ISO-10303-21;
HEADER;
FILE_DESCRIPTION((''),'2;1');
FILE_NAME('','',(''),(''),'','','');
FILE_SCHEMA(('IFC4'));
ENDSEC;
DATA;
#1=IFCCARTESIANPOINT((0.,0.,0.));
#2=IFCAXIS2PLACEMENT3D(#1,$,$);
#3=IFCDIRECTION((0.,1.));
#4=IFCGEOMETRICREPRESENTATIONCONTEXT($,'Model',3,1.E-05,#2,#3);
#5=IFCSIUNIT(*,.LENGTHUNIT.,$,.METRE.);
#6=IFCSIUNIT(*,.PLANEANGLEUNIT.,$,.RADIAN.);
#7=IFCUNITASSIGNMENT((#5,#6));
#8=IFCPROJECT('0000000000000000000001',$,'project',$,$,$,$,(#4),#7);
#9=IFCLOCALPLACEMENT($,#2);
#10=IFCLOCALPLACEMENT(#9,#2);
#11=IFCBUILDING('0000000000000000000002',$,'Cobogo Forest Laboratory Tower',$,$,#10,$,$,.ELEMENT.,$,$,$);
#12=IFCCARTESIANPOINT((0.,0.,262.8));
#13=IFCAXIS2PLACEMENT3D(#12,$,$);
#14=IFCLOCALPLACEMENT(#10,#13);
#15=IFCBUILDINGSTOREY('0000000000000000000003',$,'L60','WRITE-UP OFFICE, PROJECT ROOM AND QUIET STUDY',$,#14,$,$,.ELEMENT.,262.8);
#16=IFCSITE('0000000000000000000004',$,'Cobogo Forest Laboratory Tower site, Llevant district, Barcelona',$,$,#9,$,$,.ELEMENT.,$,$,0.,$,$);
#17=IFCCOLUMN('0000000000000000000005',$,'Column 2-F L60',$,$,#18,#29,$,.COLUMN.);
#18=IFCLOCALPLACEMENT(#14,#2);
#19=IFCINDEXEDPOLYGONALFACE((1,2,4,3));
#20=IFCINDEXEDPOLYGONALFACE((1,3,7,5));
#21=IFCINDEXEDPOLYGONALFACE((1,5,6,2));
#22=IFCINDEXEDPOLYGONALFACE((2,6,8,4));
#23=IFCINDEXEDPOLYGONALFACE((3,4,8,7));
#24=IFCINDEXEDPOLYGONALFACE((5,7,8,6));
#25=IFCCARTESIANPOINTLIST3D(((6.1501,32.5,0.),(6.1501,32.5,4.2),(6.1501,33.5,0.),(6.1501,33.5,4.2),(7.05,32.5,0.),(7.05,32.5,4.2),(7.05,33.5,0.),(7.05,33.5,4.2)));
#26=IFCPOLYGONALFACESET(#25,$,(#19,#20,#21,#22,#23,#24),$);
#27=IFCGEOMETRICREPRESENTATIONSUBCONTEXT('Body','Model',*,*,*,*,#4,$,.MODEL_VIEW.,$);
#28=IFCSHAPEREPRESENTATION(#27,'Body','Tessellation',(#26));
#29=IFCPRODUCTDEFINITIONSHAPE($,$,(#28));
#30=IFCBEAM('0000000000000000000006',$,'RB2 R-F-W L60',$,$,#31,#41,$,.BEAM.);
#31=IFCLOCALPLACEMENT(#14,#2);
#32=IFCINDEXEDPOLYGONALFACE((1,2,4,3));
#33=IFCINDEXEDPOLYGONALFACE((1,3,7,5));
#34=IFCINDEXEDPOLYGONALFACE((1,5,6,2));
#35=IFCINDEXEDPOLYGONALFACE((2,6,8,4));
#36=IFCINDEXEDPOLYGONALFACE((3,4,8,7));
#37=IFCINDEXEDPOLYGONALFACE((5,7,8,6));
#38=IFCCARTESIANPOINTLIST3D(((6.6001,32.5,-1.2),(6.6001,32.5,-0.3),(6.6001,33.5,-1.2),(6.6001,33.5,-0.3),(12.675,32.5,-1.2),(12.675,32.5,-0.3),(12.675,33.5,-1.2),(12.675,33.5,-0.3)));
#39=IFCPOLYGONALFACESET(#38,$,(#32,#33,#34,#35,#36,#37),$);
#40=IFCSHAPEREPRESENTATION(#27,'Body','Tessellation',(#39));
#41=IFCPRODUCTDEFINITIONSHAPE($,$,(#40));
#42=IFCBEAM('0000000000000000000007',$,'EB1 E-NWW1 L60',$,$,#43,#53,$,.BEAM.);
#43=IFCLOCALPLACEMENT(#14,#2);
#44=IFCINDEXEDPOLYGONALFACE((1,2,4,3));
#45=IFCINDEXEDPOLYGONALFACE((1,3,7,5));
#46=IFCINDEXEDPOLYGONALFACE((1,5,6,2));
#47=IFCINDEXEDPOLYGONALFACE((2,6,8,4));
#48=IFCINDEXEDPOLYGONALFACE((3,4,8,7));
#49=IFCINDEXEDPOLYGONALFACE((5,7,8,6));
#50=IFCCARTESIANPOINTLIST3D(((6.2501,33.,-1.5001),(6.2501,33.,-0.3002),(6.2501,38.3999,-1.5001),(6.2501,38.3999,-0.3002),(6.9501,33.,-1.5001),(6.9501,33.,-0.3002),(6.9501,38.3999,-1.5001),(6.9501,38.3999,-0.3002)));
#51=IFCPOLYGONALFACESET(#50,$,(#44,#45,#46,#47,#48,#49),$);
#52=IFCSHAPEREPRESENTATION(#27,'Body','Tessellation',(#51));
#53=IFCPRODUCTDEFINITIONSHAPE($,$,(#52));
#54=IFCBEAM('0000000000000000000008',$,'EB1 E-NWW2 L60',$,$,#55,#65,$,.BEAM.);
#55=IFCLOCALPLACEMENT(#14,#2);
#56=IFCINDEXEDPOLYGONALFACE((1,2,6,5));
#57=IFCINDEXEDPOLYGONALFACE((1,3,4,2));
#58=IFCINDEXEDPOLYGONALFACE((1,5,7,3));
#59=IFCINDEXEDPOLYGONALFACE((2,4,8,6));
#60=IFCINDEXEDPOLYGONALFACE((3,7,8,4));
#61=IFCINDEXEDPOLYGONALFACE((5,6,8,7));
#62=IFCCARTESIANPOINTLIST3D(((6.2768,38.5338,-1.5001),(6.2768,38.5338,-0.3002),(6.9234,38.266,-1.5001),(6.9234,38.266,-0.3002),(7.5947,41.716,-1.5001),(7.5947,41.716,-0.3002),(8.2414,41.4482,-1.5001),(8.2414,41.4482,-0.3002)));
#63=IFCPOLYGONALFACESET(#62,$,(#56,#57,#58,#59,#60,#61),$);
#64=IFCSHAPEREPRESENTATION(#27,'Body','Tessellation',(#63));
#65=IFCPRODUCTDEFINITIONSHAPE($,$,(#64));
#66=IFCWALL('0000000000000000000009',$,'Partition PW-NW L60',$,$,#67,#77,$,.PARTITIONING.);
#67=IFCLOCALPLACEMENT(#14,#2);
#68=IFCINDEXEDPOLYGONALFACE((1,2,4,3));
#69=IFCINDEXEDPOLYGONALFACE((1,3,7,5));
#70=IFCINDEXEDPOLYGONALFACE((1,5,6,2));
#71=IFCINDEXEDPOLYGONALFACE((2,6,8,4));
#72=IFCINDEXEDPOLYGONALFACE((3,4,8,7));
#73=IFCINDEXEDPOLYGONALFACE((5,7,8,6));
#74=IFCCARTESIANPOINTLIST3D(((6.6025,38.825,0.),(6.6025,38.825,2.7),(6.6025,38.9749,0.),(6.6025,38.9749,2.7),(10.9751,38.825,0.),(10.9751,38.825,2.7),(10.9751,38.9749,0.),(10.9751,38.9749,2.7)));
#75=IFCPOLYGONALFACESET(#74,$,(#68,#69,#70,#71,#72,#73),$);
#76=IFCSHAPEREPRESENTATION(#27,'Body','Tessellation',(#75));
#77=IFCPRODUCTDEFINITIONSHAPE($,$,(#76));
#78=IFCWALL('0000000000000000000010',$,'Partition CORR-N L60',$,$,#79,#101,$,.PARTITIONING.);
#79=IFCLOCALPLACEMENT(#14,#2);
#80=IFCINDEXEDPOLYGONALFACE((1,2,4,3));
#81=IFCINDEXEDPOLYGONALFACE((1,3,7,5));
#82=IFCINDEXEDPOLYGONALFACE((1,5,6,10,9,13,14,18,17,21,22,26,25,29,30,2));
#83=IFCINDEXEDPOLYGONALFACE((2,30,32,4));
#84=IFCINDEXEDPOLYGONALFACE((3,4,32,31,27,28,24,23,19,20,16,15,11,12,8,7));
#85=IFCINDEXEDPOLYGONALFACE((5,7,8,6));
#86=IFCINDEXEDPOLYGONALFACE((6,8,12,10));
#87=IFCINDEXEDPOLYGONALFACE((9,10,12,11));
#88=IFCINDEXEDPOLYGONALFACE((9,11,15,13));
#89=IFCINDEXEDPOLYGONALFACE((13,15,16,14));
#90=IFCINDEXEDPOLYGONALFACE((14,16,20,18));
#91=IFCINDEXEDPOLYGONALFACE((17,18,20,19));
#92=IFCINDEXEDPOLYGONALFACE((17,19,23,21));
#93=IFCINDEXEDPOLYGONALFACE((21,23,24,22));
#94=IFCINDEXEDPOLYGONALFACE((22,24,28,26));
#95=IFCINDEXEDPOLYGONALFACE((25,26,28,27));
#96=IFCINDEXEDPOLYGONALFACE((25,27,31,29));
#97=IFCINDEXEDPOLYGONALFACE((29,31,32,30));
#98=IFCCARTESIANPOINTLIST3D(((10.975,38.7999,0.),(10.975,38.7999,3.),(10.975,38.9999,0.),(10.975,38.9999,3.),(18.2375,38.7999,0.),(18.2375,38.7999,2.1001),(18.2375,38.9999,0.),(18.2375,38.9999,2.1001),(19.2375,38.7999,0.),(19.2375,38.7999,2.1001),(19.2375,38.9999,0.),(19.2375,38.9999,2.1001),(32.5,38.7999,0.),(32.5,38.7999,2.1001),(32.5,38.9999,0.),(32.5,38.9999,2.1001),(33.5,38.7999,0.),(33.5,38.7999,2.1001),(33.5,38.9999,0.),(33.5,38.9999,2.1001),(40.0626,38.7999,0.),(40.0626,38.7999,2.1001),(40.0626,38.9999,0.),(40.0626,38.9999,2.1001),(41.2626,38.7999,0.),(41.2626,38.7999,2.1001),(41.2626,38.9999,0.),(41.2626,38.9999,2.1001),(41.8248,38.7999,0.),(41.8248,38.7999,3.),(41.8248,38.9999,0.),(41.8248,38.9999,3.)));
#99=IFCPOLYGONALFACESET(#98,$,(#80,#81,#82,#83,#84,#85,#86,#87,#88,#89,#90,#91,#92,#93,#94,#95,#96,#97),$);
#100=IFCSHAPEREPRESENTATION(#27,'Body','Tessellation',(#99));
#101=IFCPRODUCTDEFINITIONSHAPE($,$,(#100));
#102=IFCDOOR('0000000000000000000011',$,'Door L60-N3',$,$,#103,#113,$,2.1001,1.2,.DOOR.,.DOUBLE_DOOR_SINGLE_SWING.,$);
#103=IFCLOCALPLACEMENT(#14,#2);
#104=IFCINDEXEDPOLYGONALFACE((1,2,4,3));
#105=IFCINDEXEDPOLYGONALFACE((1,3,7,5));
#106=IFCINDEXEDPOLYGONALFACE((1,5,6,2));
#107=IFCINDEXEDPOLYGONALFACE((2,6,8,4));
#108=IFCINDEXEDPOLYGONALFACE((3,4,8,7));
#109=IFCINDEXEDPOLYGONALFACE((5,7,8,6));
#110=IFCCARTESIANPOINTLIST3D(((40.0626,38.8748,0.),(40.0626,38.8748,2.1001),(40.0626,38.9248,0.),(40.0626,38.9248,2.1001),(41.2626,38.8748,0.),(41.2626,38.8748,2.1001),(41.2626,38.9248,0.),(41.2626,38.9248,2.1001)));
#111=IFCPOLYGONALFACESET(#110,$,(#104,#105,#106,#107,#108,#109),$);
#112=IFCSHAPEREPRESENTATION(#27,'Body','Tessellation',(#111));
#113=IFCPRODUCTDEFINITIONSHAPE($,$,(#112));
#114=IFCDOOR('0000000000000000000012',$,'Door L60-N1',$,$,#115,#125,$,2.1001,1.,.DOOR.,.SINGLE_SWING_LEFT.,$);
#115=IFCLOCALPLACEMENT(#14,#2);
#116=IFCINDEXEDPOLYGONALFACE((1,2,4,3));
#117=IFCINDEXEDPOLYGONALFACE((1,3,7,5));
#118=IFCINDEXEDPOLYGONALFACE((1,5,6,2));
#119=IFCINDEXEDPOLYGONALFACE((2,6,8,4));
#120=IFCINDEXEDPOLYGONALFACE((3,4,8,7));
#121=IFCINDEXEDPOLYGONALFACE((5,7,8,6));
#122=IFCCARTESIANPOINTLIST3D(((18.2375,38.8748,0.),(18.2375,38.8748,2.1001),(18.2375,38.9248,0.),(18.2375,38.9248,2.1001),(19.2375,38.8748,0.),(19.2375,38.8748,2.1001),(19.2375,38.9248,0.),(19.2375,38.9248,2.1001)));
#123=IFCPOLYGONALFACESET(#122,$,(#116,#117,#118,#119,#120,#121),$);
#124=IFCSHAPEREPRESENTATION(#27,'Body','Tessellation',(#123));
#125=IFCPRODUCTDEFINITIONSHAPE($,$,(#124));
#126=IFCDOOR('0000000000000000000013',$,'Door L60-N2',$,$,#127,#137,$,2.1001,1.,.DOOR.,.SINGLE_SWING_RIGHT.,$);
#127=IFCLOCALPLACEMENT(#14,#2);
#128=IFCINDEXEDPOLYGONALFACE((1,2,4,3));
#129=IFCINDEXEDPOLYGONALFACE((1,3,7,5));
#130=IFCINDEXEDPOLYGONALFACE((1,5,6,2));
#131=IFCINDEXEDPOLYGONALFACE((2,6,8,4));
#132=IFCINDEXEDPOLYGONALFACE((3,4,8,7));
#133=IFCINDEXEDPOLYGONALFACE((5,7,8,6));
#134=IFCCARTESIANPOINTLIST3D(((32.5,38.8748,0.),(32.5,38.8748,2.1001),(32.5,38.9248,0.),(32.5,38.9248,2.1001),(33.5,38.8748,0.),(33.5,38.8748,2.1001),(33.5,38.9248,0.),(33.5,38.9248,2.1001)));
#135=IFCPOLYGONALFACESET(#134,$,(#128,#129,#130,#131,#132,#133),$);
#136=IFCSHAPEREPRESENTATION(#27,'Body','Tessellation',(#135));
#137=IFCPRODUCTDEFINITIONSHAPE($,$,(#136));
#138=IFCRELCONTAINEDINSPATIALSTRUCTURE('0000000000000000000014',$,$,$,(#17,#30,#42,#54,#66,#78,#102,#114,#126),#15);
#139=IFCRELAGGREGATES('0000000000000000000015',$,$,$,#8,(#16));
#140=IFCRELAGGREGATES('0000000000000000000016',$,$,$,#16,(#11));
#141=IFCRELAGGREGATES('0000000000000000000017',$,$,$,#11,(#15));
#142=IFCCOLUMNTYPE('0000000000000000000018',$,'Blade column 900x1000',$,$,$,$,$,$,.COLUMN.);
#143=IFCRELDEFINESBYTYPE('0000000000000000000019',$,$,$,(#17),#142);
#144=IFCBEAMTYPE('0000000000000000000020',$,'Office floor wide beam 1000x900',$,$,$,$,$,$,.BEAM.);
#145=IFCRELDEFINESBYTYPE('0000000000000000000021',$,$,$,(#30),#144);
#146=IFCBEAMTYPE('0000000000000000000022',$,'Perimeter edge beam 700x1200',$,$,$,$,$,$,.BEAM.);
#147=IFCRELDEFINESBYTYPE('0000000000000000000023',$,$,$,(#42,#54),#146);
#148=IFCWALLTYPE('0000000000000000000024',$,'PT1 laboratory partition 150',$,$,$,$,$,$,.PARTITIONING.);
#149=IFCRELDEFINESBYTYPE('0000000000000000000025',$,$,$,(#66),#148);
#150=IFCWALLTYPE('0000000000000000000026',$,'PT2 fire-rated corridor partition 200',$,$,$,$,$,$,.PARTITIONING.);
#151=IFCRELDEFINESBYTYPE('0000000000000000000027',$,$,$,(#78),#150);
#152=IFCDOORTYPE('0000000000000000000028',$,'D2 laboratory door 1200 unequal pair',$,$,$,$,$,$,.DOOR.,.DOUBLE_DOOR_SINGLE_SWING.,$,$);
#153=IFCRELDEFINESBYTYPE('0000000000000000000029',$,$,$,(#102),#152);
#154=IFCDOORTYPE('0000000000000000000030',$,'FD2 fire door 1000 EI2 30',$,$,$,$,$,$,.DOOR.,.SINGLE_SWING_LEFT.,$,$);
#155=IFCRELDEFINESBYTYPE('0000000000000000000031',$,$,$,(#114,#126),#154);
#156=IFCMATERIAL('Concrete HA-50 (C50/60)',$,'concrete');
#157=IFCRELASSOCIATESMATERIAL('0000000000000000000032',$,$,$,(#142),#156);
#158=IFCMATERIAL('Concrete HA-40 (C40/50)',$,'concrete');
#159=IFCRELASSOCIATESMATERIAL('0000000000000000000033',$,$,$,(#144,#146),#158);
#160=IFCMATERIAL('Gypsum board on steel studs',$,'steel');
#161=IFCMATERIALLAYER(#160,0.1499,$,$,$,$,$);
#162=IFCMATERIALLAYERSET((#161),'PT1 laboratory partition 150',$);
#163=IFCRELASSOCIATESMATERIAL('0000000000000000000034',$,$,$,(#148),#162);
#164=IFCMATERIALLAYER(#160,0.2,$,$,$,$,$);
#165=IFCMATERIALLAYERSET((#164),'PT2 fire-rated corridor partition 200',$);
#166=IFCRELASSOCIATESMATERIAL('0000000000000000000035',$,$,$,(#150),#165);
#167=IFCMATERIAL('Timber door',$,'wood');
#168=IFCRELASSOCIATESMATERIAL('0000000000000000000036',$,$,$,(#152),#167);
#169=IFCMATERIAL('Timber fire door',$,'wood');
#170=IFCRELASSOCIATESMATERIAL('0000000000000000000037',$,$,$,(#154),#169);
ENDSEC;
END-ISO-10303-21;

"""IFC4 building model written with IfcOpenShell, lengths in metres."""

from ifc_helpers import new_model, si_unit, direction, frame, frame_2d, origin, origin_2d, place, context, subcontext, project, spatial, rectangle, extrude, material, layer, layer_set, material_profile, profile_set, type_object, element, fill, save


model = new_model("IFC4")

# Units and contexts
model_context = context("Model", 3, precision=1e-05, world=origin(), true_north=direction((0.0, 1.0)))
body_context = subcontext(model_context, "Body", "Model", "MODEL_VIEW")
ifc_project = project(units=[si_unit("LENGTHUNIT", "METRE"), si_unit("PLANEANGLEUNIT", "RADIAN")], contexts=[model_context])

# Site, building, storey
site_placement = place(None, origin())
site = spatial("IfcSite", under=ifc_project, at=site_placement, Name="Cobogo Forest Laboratory Tower site, Llevant district, Barcelona", CompositionType="ELEMENT", RefElevation=0.0)
building_placement = place(site_placement, origin())
building = spatial("IfcBuilding", under=site, at=building_placement, Name="Cobogo Forest Laboratory Tower", CompositionType="ELEMENT")
storey_placement = place(building_placement, frame((0.0, 0.0, 262.8)))
storey = spatial("IfcBuildingStorey", under=building, at=storey_placement, Name="L60", Description="WRITE-UP OFFICE, PROJECT ROOM AND QUIET STUDY", CompositionType="ELEMENT", Elevation=262.8)

# Column
ifc_material_1 = material(Name="Concrete HA-50 (C50/60)", Category="concrete")
ifc_material_profile_1 = material_profile(ifc_material_1, rectangle(XDim=1.0, YDim=0.8999, at=origin_2d()), Name="RC 900x1000")
ifc_profile_set_1 = profile_set([ifc_material_profile_1], Name="Concrete HA-50 (C50/60)")
column_type = type_object("IfcColumnType", Name="Blade column 900x1000", PredefinedType="COLUMN", material=ifc_profile_set_1)
column_placement = place(storey_placement, frame((6.6001, 33.0, 0.0), z_axis=(0.0, 0.0, 1.0), x_axis=(0.0, 1.0, 0.0)))
element("IfcColumn", 1, at=column_placement, inside=storey, type_object=column_type, Name="Column 2-F L60", PredefinedType="COLUMN", context=body_context, shape_type="SweptSolid", body=[
    extrude(rectangle(XDim=1.0, YDim=0.8999, at=origin_2d()), origin(), (0.0, 0.0, 1.0), 4.2),
])

# Beams
ifc_material_2 = material(Name="Concrete HA-40 (C40/50)", Category="concrete")
ifc_material_profile_2 = material_profile(ifc_material_2, rectangle(XDim=1.0, YDim=0.8999, at=origin_2d()), Name="RC 1000x900")
ifc_profile_set_2 = profile_set([ifc_material_profile_2], Name="Concrete HA-40 (C40/50)")
beam_type_1 = type_object("IfcBeamType", Name="Office floor wide beam 1000x900", PredefinedType="BEAM", material=ifc_profile_set_2)
beam_1_placement = place(storey_placement, frame((12.675, 33.0, -0.75), z_axis=(-1.0, 0.0, 0.0), x_axis=(0.0, -1.0, 0.0)))
element("IfcBeam", 2, at=beam_1_placement, inside=storey, type_object=beam_type_1, Name="RB2 R-F-W L60", PredefinedType="BEAM", context=body_context, shape_type="SweptSolid", body=[
    extrude(rectangle(XDim=1.0, YDim=0.8999, at=origin_2d()), origin(), (0.0, 0.0, 1.0), 6.075),
])
ifc_material_profile_3 = material_profile(ifc_material_2, rectangle(XDim=0.7, YDim=1.2, at=origin_2d()), Name="RC 700x1200")
ifc_profile_set_3 = profile_set([ifc_material_profile_3], Name="Concrete HA-40 (C40/50)")
beam_type_2 = type_object("IfcBeamType", Name="Perimeter edge beam 700x1200", PredefinedType="BEAM", material=ifc_profile_set_3)
beam_2_placement = place(storey_placement, frame((6.6001, 33.0, -0.9001), z_axis=(0.0, 1.0, 0.0), x_axis=(-1.0, 0.0, 0.0)))
element("IfcBeam", 3, at=beam_2_placement, inside=storey, type_object=beam_type_2, Name="EB1 E-NWW1 L60", PredefinedType="BEAM", context=body_context, shape_type="SweptSolid", body=[
    extrude(rectangle(XDim=0.7, YDim=1.2, at=origin_2d()), origin(), (0.0, 0.0, 1.0), 5.3999),
])
beam_3_placement = place(storey_placement, frame((6.6001, 38.3999, -0.9001), z_axis=(0.382631, 0.923901, 0.0), x_axis=(-0.923901, 0.382631, 0.0)))
element("IfcBeam", 4, at=beam_3_placement, inside=storey, type_object=beam_type_2, Name="EB1 E-NWW2 L60", PredefinedType="BEAM", context=body_context, shape_type="SweptSolid", body=[
    extrude(rectangle(XDim=0.7, YDim=1.2, at=origin_2d()), origin(), (0.0, 0.0, 1.0), 3.4443),
])

# Wall
ifc_material_3 = material(Name="Gypsum board on steel studs", Category="steel")
ifc_layer_1 = layer(ifc_material_3, 0.1499)
ifc_layer_set_1 = layer_set([ifc_layer_1], Name="PT1 laboratory partition 150")
wall_type_1 = type_object("IfcWallType", Name="PT1 laboratory partition 150", PredefinedType="PARTITIONING", material=ifc_layer_set_1)
wall_1_placement = place(storey_placement, frame((6.6025, 38.8999, 0.0), z_axis=(0.0, 0.0, 1.0), x_axis=(1.0, 0.0, 0.0)))
element("IfcWall", 5, at=wall_1_placement, inside=storey, type_object=wall_type_1, Name="Partition PW-NW L60", PredefinedType="PARTITIONING", context=body_context, shape_type="SweptSolid", body=[
    extrude(rectangle(XDim=4.3726, YDim=0.1499, at=frame_2d((2.1863, 0.0))), origin(), (0.0, 0.0, 1.0), 2.7),
])

# Wall, openings, doors
ifc_layer_2 = layer(ifc_material_3, 0.2)
ifc_layer_set_2 = layer_set([ifc_layer_2], Name="PT2 fire-rated corridor partition 200")
wall_type_2 = type_object("IfcWallType", Name="PT2 fire-rated corridor partition 200", PredefinedType="PARTITIONING", material=ifc_layer_set_2)
wall_2_placement = place(storey_placement, frame((10.9751, 38.8999, 0.0), z_axis=(0.0, 0.0, 1.0), x_axis=(1.0, 0.0, 0.0)))
wall_2 = element("IfcWall", 6, at=wall_2_placement, inside=storey, type_object=wall_type_2, Name="Partition CORR-N L60", PredefinedType="PARTITIONING", context=body_context, shape_type="SweptSolid", body=[
    extrude(rectangle(XDim=30.8499, YDim=0.2, at=frame_2d((15.4248, 0.0))), origin(), (0.0, 0.0, 1.0), 3.0),
])
opening_1_placement = place(wall_2_placement, frame((7.2625, 0.0, 0.0)))
opening_1 = element("IfcOpeningElement", 7, at=opening_1_placement, cuts=wall_2, PredefinedType="OPENING", context=body_context, shape_type="SweptSolid", body=[
    extrude(rectangle(XDim=1.0, YDim=2.1001, at=frame_2d((0.5, 1.05))), frame((0.0, 0.1099, 0.0), z_axis=(0.0, -1.0, 0.0), x_axis=(1.0, 0.0, 0.0)), (0.0, 0.0, 1.0), 0.22),
])
opening_2_placement = place(wall_2_placement, frame((21.5249, 0.0, 0.0)))
opening_2 = element("IfcOpeningElement", 8, at=opening_2_placement, cuts=wall_2, PredefinedType="OPENING", context=body_context, shape_type="SweptSolid", body=[
    extrude(rectangle(XDim=1.0, YDim=2.1001, at=frame_2d((0.5, 1.05))), frame((0.0, 0.1099, 0.0), z_axis=(0.0, -1.0, 0.0), x_axis=(1.0, 0.0, 0.0)), (0.0, 0.0, 1.0), 0.22),
])
opening_3_placement = place(wall_2_placement, frame((29.0874, 0.0, 0.0)))
opening_3 = element("IfcOpeningElement", 9, at=opening_3_placement, cuts=wall_2, PredefinedType="OPENING", context=body_context, shape_type="SweptSolid", body=[
    extrude(rectangle(XDim=1.2, YDim=2.1001, at=frame_2d((0.6001, 1.05))), frame((0.0, 0.1099, 0.0), z_axis=(0.0, -1.0, 0.0), x_axis=(1.0, 0.0, 0.0)), (0.0, 0.0, 1.0), 0.22),
])
ifc_material_4 = material(Name="Timber door", Category="wood")
door_type_1 = type_object("IfcDoorType", Name="D2 laboratory door 1200 unequal pair", OperationType="DOUBLE_DOOR_SINGLE_SWING", PredefinedType="DOOR", material=ifc_material_4)
door_1_placement = place(opening_3_placement, origin())
door_1 = element("IfcDoor", 10, at=door_1_placement, inside=storey, type_object=door_type_1, Name="Door L60-N3", OperationType="DOUBLE_DOOR_SINGLE_SWING", OverallHeight=2.1001, OverallWidth=1.2, PredefinedType="DOOR", context=body_context, shape_type="SweptSolid", body=[
    extrude(rectangle(XDim=1.2, YDim=2.1001, at=frame_2d((0.6001, 1.05))), frame((0.0, 0.0249, 0.0), z_axis=(0.0, -1.0, 0.0), x_axis=(1.0, 0.0, 0.0)), (0.0, 0.0, 1.0), 0.05),
])
fill(opening_3, door_1)
ifc_material_5 = material(Name="Timber fire door", Category="wood")
door_type_2 = type_object("IfcDoorType", Name="FD2 fire door 1000 EI2 30", OperationType="SINGLE_SWING_LEFT", PredefinedType="DOOR", material=ifc_material_5)
door_2_placement = place(opening_1_placement, origin())
door_2 = element("IfcDoor", 11, at=door_2_placement, inside=storey, type_object=door_type_2, Name="Door L60-N1", OperationType="SINGLE_SWING_LEFT", OverallHeight=2.1001, OverallWidth=1.0, PredefinedType="DOOR", context=body_context, shape_type="SweptSolid", body=[
    extrude(rectangle(XDim=1.0, YDim=2.1001, at=frame_2d((0.5, 1.05))), frame((0.0, 0.0249, 0.0), z_axis=(0.0, -1.0, 0.0), x_axis=(1.0, 0.0, 0.0)), (0.0, 0.0, 1.0), 0.05),
])
fill(opening_1, door_2)
door_3_placement = place(opening_2_placement, origin())
door_3 = element("IfcDoor", 12, at=door_3_placement, inside=storey, type_object=door_type_2, Name="Door L60-N2", OperationType="SINGLE_SWING_RIGHT", OverallHeight=2.1001, OverallWidth=1.0, PredefinedType="DOOR", context=body_context, shape_type="SweptSolid", body=[
    extrude(rectangle(XDim=1.0, YDim=2.1001, at=frame_2d((0.5, 1.05))), frame((0.0, 0.0249, 0.0), z_axis=(0.0, -1.0, 0.0), x_axis=(1.0, 0.0, 0.0)), (0.0, 0.0, 1.0), 0.05),
])
fill(opening_2, door_3)

save(model, "model.ifc")
